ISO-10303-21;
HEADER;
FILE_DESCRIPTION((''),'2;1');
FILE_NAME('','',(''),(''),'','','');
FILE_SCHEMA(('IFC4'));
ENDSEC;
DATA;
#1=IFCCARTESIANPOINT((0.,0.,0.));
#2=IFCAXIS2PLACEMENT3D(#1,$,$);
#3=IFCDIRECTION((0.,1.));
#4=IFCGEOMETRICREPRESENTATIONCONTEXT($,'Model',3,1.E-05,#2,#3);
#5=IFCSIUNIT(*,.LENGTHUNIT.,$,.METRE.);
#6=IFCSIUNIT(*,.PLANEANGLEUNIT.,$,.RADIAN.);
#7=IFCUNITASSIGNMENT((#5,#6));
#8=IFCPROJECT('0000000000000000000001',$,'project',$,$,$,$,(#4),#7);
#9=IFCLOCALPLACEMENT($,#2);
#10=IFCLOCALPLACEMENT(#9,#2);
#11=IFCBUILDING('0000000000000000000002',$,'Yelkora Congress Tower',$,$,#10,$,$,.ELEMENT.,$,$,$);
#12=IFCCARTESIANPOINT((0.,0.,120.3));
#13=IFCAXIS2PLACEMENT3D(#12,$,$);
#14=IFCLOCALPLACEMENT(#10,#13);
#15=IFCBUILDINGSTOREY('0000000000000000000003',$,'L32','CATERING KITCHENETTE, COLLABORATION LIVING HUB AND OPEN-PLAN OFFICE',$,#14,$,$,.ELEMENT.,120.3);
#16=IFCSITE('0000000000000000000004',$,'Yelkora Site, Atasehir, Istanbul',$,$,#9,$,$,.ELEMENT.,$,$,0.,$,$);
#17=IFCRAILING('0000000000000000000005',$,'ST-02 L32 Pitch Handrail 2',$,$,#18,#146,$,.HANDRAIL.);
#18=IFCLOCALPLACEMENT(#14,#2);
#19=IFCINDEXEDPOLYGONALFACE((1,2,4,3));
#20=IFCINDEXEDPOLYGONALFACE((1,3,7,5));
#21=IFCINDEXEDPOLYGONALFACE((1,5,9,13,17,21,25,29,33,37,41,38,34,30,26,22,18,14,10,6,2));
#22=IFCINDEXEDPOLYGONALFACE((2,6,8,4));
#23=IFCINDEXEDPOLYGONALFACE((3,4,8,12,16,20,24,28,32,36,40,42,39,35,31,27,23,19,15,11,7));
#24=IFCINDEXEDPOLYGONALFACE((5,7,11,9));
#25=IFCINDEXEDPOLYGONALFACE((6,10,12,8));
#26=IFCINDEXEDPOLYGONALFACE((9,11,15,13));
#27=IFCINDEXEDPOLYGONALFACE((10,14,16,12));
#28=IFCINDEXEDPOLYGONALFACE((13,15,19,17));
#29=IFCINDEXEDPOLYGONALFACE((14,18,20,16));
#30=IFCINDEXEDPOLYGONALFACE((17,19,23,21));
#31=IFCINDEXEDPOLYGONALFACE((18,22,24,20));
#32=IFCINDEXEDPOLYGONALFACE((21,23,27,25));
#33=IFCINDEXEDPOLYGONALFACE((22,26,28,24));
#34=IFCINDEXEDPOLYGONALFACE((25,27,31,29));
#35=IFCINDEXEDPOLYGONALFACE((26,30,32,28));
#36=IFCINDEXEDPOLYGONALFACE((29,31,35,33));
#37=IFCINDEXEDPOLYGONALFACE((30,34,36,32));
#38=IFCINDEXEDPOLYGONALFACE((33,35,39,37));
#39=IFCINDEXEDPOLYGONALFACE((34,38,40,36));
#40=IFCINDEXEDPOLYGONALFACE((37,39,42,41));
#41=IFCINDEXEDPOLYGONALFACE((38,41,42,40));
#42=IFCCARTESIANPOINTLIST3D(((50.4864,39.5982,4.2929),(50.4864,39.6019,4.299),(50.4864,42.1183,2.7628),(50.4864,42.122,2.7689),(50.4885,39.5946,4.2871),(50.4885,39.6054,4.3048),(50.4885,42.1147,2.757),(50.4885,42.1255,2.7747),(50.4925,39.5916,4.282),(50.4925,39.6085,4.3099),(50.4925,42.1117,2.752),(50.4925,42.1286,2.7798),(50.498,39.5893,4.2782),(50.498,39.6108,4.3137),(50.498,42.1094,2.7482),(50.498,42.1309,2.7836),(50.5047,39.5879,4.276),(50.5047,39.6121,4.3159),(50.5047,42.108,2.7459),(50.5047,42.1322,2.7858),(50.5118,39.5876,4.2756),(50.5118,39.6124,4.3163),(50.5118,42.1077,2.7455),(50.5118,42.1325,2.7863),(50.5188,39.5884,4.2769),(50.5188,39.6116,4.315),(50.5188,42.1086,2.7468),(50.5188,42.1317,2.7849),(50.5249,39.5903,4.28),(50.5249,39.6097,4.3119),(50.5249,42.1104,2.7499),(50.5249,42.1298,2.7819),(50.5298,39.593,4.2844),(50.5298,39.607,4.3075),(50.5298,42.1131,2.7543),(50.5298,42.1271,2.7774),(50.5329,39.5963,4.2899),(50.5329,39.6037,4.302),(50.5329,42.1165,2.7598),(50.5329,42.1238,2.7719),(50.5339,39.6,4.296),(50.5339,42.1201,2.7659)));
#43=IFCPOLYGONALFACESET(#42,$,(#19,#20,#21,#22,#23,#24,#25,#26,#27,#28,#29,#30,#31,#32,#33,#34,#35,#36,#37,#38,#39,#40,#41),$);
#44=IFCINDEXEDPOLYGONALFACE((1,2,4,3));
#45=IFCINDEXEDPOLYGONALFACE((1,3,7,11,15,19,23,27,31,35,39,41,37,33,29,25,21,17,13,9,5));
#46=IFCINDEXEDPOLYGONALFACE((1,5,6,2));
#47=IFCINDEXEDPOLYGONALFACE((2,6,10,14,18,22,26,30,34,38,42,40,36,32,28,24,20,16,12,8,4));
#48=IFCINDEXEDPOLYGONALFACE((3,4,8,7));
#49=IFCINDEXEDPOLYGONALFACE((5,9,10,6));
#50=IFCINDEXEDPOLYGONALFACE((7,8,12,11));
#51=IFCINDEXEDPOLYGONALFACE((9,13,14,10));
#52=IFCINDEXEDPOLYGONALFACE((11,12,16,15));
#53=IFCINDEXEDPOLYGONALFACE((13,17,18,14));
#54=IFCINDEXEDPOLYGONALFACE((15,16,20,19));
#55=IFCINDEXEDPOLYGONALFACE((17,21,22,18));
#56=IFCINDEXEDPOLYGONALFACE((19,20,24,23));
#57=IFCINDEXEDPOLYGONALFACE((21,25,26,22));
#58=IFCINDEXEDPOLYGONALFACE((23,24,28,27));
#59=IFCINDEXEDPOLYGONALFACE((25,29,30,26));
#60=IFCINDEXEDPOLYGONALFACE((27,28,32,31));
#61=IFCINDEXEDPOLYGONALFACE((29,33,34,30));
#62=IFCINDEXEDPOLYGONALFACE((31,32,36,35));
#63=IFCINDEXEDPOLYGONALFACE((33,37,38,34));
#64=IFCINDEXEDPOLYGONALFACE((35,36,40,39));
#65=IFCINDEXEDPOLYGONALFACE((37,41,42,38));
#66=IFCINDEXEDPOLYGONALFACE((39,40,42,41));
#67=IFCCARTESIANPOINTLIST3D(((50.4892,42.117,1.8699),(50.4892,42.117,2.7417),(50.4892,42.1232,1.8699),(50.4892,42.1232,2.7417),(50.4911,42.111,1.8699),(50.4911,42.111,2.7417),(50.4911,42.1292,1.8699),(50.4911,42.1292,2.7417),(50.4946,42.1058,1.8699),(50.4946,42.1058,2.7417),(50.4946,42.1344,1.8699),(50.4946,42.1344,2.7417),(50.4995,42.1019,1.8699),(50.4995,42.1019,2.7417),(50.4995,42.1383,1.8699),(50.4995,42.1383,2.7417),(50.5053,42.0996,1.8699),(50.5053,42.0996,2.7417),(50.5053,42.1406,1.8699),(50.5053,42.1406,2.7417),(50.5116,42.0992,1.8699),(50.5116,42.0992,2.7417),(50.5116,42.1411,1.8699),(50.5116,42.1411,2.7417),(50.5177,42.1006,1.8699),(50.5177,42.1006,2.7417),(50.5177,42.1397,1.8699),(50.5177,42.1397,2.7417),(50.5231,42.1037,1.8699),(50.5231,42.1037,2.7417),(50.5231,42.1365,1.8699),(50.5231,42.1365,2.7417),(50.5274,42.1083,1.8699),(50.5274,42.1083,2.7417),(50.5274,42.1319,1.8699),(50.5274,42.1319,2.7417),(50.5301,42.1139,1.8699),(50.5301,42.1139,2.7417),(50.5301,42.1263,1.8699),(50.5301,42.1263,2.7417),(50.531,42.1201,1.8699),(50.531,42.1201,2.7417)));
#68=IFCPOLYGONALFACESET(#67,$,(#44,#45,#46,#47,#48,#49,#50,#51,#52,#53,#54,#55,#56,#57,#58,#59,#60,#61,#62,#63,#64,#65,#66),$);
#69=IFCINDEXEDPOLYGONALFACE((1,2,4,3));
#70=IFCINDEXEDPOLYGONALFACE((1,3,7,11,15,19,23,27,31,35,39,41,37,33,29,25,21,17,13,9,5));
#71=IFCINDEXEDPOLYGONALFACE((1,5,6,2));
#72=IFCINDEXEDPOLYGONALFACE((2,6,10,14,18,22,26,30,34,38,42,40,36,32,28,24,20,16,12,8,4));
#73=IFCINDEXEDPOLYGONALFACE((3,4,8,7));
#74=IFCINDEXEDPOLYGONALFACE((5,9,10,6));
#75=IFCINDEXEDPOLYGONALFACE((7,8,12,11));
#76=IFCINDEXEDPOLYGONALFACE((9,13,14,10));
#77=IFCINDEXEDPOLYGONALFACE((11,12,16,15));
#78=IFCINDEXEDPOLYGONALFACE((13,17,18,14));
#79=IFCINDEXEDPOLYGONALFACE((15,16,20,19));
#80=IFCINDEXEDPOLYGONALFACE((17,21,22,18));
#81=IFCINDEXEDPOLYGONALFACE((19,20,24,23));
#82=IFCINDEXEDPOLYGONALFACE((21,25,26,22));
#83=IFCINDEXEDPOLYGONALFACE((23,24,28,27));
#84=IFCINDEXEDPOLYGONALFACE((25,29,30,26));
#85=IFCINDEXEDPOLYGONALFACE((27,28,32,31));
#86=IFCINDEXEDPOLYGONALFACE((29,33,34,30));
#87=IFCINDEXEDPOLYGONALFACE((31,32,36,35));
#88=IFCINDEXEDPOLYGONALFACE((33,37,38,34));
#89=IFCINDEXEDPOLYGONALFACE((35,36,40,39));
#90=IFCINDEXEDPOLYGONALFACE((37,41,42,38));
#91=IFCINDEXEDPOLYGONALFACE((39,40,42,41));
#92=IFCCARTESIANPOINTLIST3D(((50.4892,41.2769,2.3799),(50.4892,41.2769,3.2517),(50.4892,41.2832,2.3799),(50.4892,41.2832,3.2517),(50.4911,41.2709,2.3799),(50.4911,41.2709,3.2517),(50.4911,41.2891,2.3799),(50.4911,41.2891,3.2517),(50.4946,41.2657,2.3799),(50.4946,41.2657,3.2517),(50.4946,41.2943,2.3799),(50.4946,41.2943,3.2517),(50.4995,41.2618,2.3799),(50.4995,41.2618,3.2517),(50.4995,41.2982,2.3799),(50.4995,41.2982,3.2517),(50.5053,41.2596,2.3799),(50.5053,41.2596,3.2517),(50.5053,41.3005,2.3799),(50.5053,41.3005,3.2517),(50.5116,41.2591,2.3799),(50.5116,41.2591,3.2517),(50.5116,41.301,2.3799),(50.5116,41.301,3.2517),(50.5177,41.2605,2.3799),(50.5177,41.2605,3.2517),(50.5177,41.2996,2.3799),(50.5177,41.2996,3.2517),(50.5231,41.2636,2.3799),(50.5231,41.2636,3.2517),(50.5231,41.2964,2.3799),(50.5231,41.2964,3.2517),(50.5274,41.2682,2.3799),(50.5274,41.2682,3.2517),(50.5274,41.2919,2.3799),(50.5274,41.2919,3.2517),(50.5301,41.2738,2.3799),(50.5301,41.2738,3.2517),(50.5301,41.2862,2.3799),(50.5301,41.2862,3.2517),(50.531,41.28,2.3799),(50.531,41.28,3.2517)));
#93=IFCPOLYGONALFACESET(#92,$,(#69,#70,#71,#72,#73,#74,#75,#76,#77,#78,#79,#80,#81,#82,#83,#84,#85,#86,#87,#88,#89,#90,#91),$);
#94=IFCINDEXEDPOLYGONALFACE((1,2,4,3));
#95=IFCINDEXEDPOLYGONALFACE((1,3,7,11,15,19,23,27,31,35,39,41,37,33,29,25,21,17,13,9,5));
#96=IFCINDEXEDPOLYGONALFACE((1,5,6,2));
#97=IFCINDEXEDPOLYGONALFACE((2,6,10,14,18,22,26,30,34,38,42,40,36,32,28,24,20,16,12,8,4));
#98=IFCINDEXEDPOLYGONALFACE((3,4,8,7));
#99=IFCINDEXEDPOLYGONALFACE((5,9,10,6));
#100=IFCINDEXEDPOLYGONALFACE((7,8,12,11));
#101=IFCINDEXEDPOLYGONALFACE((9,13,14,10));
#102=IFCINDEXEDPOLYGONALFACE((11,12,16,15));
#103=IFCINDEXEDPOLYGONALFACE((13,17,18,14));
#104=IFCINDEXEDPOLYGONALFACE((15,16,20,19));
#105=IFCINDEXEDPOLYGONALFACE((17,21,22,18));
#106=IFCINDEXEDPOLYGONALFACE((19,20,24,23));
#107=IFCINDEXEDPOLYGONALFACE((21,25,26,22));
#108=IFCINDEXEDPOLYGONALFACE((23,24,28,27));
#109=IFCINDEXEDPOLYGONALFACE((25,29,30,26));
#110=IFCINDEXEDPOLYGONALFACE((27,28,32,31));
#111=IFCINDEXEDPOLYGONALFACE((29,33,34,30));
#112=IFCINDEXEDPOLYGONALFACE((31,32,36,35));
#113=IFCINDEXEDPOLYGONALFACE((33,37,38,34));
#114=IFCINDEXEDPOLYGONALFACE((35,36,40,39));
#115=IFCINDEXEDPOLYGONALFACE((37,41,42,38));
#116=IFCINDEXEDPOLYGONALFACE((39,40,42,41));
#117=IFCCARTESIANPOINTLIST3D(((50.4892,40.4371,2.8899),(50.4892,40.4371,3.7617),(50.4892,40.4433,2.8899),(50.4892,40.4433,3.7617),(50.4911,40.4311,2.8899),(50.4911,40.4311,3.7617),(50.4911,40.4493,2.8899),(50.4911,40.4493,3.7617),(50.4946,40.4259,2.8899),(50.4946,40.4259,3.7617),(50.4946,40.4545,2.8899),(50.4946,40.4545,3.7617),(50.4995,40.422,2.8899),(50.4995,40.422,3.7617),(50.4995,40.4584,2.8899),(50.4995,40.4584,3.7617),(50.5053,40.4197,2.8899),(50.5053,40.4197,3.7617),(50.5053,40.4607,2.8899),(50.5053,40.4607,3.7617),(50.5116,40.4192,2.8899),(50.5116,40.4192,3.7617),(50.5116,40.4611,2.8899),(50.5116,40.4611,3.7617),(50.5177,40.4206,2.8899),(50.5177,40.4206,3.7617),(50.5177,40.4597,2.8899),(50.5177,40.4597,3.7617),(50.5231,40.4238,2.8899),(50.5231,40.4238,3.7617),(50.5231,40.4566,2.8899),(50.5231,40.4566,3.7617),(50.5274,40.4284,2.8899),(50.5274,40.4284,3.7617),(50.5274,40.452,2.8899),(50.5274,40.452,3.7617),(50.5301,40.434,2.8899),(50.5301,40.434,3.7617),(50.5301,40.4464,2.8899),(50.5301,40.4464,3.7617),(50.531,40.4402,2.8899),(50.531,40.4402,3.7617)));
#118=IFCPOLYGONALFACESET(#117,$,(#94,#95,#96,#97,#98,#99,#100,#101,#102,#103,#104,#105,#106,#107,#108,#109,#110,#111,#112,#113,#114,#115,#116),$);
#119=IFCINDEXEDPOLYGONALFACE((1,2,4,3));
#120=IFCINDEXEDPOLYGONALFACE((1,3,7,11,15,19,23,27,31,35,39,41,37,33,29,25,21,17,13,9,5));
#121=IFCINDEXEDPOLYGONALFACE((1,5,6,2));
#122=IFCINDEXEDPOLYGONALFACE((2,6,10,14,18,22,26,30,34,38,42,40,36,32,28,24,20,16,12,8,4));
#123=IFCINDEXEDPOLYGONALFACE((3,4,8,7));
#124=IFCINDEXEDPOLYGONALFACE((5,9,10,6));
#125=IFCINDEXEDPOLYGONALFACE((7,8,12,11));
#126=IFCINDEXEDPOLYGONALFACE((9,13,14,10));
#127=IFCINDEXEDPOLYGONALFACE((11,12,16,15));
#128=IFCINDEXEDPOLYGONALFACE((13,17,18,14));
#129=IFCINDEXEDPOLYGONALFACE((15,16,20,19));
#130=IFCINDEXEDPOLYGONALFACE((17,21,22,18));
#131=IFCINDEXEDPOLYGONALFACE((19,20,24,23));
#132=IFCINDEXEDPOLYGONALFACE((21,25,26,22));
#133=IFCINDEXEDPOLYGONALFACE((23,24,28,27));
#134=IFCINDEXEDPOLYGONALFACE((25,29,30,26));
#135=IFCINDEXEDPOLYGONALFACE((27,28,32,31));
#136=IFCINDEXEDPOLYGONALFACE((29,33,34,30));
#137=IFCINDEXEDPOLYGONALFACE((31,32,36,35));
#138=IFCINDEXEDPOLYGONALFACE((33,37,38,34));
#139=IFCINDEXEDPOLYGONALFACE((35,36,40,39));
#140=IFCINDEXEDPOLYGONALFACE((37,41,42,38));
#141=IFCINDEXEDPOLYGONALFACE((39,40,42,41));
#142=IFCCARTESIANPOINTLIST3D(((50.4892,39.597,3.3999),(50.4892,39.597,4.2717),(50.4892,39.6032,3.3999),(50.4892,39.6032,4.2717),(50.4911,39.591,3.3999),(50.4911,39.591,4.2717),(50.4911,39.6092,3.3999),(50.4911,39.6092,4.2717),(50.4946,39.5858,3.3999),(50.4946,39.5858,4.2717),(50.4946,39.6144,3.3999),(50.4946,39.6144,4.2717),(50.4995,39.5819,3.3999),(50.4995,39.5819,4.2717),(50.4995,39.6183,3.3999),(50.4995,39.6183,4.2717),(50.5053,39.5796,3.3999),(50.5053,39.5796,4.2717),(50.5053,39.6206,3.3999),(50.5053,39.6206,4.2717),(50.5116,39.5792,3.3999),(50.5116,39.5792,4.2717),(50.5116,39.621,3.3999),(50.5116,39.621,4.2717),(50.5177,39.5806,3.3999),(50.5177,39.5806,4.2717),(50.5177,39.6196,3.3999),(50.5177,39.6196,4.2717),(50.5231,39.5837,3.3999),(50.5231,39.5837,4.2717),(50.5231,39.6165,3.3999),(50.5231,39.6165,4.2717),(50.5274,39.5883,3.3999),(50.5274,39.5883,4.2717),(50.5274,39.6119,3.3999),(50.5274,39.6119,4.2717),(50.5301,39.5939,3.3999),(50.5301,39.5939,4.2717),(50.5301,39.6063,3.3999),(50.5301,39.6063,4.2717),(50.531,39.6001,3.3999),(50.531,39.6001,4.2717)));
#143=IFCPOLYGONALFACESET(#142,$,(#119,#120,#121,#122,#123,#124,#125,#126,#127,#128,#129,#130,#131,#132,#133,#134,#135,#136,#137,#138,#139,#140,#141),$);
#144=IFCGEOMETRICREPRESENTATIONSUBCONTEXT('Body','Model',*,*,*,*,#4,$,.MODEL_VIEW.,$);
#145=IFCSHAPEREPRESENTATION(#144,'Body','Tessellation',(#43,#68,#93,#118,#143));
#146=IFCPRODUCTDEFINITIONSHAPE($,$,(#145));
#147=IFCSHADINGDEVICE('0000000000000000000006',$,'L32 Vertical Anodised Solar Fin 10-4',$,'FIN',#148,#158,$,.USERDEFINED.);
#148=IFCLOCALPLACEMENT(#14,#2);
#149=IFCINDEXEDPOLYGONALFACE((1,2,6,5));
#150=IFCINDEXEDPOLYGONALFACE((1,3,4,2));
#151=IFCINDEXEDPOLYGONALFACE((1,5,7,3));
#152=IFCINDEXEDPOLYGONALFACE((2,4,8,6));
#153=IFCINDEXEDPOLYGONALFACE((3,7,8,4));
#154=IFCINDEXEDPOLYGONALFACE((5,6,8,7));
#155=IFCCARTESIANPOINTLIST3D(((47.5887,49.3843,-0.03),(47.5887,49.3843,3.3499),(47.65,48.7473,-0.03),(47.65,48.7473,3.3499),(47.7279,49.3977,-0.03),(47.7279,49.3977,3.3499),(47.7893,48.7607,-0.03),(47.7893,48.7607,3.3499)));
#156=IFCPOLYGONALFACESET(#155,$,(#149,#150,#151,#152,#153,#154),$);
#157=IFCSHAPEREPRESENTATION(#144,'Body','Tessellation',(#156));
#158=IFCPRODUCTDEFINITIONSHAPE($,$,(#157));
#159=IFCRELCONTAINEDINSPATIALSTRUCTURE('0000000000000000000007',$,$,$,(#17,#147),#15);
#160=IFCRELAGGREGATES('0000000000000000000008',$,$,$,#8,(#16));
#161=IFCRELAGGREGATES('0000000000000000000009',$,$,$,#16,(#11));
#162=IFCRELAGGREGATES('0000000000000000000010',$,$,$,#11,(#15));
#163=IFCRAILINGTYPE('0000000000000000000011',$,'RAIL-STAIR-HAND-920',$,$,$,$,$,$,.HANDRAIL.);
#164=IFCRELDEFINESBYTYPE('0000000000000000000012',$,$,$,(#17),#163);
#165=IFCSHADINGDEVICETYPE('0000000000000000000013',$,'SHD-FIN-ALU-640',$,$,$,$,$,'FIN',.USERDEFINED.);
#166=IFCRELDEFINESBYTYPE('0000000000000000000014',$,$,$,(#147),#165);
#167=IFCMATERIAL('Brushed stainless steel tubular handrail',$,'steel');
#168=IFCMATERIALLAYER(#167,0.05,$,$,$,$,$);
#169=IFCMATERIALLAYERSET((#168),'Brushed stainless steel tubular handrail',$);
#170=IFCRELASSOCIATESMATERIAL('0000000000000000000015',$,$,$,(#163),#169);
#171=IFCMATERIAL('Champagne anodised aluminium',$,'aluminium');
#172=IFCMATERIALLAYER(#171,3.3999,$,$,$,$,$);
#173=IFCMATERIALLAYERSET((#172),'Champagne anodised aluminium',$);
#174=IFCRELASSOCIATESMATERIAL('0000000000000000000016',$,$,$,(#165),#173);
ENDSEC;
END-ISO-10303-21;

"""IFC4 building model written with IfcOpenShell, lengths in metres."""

from ifc_helpers import new_model, si_unit, direction, frame, origin, origin_2d, place, context, subcontext, project, spatial, rectangle, circle, extrude, material, layer, layer_set, type_object, element, save


model = new_model("IFC4")

# Units and contexts
model_context = context("Model", 3, precision=1e-05, world=origin(), true_north=direction((0.0, 1.0)))
body_context = subcontext(model_context, "Body", "Model", "MODEL_VIEW")
ifc_project = project(units=[si_unit("LENGTHUNIT", "METRE"), si_unit("PLANEANGLEUNIT", "RADIAN")], contexts=[model_context])

# Site, building, storey
site_placement = place(None, origin())
site = spatial("IfcSite", under=ifc_project, at=site_placement, Name="Yelkora Site, Atasehir, Istanbul", CompositionType="ELEMENT", RefElevation=0.0)
building_placement = place(site_placement, origin())
building = spatial("IfcBuilding", under=site, at=building_placement, Name="Yelkora Congress Tower", CompositionType="ELEMENT")
storey_placement = place(building_placement, frame((0.0, 0.0, 120.3)))
storey = spatial("IfcBuildingStorey", under=building, at=storey_placement, Name="L32", Description="CATERING KITCHENETTE, COLLABORATION LIVING HUB AND OPEN-PLAN OFFICE", CompositionType="ELEMENT", Elevation=120.3)

# Railing
ifc_material_1 = material(Name="Brushed stainless steel tubular handrail", Category="steel")
ifc_layer_1 = layer(ifc_material_1, 0.05)
ifc_layer_set_1 = layer_set([ifc_layer_1], Name="Brushed stainless steel tubular handrail")
railing_type_1 = type_object("IfcRailingType", Name="RAIL-STAIR-HAND-920", PredefinedType="HANDRAIL", material=ifc_layer_set_1)
railing_1_placement = place(storey_placement, frame((50.51, 42.1201, 1.8699)))
element("IfcRailing", 1, at=railing_1_placement, inside=storey, type_object=railing_type_1, Name="ST-02 L32 Pitch Handrail 2", PredefinedType="HANDRAIL", context=body_context, shape_type="SweptSolid", body=[
    extrude(circle(Radius=0.0239, at=origin_2d()), frame((0.0, 0.0, 0.896), z_axis=(0.0, -0.854785, 0.518982), x_axis=(1.0, 0.0, 0.0)), (0.0, 0.0, 1.0), 2.9482),
    extrude(circle(Radius=0.021, at=origin_2d()), origin(), (0.0, 0.0, 1.0), 0.8718),
    extrude(circle(Radius=0.021, at=origin_2d()), frame((0.0, -0.8401, 0.51)), (0.0, 0.0, 1.0), 0.8718),
    extrude(circle(Radius=0.021, at=origin_2d()), frame((0.0, -1.6799, 1.02)), (0.0, 0.0, 1.0), 0.8718),
    extrude(circle(Radius=0.021, at=origin_2d()), frame((0.0, -2.52, 1.53)), (0.0, 0.0, 1.0), 0.8718),
])

# Shading device
ifc_material_2 = material(Name="Champagne anodised aluminium", Category="aluminium")
ifc_layer_2 = layer(ifc_material_2, 3.3999)
ifc_layer_set_2 = layer_set([ifc_layer_2], Name="Champagne anodised aluminium")
shading_device_type = type_object("IfcShadingDeviceType", Name="SHD-FIN-ALU-640", ElementType="FIN", PredefinedType="USERDEFINED", material=ifc_layer_set_2)
shading_device_placement = place(storey_placement, frame((47.689, 49.0725, -0.03), z_axis=(0.0, 0.0, 1.0), x_axis=(0.995396, 0.095846, 0.0)))
element("IfcShadingDevice", 2, at=shading_device_placement, inside=storey, type_object=shading_device_type, Name="L32 Vertical Anodised Solar Fin 10-4", ObjectType="FIN", PredefinedType="USERDEFINED", context=body_context, shape_type="SweptSolid", body=[
    extrude(rectangle(XDim=0.1399, YDim=0.6399, at=origin_2d()), origin(), (0.0, 0.0, 1.0), 3.3799),
])

save(model, "model.ifc")
